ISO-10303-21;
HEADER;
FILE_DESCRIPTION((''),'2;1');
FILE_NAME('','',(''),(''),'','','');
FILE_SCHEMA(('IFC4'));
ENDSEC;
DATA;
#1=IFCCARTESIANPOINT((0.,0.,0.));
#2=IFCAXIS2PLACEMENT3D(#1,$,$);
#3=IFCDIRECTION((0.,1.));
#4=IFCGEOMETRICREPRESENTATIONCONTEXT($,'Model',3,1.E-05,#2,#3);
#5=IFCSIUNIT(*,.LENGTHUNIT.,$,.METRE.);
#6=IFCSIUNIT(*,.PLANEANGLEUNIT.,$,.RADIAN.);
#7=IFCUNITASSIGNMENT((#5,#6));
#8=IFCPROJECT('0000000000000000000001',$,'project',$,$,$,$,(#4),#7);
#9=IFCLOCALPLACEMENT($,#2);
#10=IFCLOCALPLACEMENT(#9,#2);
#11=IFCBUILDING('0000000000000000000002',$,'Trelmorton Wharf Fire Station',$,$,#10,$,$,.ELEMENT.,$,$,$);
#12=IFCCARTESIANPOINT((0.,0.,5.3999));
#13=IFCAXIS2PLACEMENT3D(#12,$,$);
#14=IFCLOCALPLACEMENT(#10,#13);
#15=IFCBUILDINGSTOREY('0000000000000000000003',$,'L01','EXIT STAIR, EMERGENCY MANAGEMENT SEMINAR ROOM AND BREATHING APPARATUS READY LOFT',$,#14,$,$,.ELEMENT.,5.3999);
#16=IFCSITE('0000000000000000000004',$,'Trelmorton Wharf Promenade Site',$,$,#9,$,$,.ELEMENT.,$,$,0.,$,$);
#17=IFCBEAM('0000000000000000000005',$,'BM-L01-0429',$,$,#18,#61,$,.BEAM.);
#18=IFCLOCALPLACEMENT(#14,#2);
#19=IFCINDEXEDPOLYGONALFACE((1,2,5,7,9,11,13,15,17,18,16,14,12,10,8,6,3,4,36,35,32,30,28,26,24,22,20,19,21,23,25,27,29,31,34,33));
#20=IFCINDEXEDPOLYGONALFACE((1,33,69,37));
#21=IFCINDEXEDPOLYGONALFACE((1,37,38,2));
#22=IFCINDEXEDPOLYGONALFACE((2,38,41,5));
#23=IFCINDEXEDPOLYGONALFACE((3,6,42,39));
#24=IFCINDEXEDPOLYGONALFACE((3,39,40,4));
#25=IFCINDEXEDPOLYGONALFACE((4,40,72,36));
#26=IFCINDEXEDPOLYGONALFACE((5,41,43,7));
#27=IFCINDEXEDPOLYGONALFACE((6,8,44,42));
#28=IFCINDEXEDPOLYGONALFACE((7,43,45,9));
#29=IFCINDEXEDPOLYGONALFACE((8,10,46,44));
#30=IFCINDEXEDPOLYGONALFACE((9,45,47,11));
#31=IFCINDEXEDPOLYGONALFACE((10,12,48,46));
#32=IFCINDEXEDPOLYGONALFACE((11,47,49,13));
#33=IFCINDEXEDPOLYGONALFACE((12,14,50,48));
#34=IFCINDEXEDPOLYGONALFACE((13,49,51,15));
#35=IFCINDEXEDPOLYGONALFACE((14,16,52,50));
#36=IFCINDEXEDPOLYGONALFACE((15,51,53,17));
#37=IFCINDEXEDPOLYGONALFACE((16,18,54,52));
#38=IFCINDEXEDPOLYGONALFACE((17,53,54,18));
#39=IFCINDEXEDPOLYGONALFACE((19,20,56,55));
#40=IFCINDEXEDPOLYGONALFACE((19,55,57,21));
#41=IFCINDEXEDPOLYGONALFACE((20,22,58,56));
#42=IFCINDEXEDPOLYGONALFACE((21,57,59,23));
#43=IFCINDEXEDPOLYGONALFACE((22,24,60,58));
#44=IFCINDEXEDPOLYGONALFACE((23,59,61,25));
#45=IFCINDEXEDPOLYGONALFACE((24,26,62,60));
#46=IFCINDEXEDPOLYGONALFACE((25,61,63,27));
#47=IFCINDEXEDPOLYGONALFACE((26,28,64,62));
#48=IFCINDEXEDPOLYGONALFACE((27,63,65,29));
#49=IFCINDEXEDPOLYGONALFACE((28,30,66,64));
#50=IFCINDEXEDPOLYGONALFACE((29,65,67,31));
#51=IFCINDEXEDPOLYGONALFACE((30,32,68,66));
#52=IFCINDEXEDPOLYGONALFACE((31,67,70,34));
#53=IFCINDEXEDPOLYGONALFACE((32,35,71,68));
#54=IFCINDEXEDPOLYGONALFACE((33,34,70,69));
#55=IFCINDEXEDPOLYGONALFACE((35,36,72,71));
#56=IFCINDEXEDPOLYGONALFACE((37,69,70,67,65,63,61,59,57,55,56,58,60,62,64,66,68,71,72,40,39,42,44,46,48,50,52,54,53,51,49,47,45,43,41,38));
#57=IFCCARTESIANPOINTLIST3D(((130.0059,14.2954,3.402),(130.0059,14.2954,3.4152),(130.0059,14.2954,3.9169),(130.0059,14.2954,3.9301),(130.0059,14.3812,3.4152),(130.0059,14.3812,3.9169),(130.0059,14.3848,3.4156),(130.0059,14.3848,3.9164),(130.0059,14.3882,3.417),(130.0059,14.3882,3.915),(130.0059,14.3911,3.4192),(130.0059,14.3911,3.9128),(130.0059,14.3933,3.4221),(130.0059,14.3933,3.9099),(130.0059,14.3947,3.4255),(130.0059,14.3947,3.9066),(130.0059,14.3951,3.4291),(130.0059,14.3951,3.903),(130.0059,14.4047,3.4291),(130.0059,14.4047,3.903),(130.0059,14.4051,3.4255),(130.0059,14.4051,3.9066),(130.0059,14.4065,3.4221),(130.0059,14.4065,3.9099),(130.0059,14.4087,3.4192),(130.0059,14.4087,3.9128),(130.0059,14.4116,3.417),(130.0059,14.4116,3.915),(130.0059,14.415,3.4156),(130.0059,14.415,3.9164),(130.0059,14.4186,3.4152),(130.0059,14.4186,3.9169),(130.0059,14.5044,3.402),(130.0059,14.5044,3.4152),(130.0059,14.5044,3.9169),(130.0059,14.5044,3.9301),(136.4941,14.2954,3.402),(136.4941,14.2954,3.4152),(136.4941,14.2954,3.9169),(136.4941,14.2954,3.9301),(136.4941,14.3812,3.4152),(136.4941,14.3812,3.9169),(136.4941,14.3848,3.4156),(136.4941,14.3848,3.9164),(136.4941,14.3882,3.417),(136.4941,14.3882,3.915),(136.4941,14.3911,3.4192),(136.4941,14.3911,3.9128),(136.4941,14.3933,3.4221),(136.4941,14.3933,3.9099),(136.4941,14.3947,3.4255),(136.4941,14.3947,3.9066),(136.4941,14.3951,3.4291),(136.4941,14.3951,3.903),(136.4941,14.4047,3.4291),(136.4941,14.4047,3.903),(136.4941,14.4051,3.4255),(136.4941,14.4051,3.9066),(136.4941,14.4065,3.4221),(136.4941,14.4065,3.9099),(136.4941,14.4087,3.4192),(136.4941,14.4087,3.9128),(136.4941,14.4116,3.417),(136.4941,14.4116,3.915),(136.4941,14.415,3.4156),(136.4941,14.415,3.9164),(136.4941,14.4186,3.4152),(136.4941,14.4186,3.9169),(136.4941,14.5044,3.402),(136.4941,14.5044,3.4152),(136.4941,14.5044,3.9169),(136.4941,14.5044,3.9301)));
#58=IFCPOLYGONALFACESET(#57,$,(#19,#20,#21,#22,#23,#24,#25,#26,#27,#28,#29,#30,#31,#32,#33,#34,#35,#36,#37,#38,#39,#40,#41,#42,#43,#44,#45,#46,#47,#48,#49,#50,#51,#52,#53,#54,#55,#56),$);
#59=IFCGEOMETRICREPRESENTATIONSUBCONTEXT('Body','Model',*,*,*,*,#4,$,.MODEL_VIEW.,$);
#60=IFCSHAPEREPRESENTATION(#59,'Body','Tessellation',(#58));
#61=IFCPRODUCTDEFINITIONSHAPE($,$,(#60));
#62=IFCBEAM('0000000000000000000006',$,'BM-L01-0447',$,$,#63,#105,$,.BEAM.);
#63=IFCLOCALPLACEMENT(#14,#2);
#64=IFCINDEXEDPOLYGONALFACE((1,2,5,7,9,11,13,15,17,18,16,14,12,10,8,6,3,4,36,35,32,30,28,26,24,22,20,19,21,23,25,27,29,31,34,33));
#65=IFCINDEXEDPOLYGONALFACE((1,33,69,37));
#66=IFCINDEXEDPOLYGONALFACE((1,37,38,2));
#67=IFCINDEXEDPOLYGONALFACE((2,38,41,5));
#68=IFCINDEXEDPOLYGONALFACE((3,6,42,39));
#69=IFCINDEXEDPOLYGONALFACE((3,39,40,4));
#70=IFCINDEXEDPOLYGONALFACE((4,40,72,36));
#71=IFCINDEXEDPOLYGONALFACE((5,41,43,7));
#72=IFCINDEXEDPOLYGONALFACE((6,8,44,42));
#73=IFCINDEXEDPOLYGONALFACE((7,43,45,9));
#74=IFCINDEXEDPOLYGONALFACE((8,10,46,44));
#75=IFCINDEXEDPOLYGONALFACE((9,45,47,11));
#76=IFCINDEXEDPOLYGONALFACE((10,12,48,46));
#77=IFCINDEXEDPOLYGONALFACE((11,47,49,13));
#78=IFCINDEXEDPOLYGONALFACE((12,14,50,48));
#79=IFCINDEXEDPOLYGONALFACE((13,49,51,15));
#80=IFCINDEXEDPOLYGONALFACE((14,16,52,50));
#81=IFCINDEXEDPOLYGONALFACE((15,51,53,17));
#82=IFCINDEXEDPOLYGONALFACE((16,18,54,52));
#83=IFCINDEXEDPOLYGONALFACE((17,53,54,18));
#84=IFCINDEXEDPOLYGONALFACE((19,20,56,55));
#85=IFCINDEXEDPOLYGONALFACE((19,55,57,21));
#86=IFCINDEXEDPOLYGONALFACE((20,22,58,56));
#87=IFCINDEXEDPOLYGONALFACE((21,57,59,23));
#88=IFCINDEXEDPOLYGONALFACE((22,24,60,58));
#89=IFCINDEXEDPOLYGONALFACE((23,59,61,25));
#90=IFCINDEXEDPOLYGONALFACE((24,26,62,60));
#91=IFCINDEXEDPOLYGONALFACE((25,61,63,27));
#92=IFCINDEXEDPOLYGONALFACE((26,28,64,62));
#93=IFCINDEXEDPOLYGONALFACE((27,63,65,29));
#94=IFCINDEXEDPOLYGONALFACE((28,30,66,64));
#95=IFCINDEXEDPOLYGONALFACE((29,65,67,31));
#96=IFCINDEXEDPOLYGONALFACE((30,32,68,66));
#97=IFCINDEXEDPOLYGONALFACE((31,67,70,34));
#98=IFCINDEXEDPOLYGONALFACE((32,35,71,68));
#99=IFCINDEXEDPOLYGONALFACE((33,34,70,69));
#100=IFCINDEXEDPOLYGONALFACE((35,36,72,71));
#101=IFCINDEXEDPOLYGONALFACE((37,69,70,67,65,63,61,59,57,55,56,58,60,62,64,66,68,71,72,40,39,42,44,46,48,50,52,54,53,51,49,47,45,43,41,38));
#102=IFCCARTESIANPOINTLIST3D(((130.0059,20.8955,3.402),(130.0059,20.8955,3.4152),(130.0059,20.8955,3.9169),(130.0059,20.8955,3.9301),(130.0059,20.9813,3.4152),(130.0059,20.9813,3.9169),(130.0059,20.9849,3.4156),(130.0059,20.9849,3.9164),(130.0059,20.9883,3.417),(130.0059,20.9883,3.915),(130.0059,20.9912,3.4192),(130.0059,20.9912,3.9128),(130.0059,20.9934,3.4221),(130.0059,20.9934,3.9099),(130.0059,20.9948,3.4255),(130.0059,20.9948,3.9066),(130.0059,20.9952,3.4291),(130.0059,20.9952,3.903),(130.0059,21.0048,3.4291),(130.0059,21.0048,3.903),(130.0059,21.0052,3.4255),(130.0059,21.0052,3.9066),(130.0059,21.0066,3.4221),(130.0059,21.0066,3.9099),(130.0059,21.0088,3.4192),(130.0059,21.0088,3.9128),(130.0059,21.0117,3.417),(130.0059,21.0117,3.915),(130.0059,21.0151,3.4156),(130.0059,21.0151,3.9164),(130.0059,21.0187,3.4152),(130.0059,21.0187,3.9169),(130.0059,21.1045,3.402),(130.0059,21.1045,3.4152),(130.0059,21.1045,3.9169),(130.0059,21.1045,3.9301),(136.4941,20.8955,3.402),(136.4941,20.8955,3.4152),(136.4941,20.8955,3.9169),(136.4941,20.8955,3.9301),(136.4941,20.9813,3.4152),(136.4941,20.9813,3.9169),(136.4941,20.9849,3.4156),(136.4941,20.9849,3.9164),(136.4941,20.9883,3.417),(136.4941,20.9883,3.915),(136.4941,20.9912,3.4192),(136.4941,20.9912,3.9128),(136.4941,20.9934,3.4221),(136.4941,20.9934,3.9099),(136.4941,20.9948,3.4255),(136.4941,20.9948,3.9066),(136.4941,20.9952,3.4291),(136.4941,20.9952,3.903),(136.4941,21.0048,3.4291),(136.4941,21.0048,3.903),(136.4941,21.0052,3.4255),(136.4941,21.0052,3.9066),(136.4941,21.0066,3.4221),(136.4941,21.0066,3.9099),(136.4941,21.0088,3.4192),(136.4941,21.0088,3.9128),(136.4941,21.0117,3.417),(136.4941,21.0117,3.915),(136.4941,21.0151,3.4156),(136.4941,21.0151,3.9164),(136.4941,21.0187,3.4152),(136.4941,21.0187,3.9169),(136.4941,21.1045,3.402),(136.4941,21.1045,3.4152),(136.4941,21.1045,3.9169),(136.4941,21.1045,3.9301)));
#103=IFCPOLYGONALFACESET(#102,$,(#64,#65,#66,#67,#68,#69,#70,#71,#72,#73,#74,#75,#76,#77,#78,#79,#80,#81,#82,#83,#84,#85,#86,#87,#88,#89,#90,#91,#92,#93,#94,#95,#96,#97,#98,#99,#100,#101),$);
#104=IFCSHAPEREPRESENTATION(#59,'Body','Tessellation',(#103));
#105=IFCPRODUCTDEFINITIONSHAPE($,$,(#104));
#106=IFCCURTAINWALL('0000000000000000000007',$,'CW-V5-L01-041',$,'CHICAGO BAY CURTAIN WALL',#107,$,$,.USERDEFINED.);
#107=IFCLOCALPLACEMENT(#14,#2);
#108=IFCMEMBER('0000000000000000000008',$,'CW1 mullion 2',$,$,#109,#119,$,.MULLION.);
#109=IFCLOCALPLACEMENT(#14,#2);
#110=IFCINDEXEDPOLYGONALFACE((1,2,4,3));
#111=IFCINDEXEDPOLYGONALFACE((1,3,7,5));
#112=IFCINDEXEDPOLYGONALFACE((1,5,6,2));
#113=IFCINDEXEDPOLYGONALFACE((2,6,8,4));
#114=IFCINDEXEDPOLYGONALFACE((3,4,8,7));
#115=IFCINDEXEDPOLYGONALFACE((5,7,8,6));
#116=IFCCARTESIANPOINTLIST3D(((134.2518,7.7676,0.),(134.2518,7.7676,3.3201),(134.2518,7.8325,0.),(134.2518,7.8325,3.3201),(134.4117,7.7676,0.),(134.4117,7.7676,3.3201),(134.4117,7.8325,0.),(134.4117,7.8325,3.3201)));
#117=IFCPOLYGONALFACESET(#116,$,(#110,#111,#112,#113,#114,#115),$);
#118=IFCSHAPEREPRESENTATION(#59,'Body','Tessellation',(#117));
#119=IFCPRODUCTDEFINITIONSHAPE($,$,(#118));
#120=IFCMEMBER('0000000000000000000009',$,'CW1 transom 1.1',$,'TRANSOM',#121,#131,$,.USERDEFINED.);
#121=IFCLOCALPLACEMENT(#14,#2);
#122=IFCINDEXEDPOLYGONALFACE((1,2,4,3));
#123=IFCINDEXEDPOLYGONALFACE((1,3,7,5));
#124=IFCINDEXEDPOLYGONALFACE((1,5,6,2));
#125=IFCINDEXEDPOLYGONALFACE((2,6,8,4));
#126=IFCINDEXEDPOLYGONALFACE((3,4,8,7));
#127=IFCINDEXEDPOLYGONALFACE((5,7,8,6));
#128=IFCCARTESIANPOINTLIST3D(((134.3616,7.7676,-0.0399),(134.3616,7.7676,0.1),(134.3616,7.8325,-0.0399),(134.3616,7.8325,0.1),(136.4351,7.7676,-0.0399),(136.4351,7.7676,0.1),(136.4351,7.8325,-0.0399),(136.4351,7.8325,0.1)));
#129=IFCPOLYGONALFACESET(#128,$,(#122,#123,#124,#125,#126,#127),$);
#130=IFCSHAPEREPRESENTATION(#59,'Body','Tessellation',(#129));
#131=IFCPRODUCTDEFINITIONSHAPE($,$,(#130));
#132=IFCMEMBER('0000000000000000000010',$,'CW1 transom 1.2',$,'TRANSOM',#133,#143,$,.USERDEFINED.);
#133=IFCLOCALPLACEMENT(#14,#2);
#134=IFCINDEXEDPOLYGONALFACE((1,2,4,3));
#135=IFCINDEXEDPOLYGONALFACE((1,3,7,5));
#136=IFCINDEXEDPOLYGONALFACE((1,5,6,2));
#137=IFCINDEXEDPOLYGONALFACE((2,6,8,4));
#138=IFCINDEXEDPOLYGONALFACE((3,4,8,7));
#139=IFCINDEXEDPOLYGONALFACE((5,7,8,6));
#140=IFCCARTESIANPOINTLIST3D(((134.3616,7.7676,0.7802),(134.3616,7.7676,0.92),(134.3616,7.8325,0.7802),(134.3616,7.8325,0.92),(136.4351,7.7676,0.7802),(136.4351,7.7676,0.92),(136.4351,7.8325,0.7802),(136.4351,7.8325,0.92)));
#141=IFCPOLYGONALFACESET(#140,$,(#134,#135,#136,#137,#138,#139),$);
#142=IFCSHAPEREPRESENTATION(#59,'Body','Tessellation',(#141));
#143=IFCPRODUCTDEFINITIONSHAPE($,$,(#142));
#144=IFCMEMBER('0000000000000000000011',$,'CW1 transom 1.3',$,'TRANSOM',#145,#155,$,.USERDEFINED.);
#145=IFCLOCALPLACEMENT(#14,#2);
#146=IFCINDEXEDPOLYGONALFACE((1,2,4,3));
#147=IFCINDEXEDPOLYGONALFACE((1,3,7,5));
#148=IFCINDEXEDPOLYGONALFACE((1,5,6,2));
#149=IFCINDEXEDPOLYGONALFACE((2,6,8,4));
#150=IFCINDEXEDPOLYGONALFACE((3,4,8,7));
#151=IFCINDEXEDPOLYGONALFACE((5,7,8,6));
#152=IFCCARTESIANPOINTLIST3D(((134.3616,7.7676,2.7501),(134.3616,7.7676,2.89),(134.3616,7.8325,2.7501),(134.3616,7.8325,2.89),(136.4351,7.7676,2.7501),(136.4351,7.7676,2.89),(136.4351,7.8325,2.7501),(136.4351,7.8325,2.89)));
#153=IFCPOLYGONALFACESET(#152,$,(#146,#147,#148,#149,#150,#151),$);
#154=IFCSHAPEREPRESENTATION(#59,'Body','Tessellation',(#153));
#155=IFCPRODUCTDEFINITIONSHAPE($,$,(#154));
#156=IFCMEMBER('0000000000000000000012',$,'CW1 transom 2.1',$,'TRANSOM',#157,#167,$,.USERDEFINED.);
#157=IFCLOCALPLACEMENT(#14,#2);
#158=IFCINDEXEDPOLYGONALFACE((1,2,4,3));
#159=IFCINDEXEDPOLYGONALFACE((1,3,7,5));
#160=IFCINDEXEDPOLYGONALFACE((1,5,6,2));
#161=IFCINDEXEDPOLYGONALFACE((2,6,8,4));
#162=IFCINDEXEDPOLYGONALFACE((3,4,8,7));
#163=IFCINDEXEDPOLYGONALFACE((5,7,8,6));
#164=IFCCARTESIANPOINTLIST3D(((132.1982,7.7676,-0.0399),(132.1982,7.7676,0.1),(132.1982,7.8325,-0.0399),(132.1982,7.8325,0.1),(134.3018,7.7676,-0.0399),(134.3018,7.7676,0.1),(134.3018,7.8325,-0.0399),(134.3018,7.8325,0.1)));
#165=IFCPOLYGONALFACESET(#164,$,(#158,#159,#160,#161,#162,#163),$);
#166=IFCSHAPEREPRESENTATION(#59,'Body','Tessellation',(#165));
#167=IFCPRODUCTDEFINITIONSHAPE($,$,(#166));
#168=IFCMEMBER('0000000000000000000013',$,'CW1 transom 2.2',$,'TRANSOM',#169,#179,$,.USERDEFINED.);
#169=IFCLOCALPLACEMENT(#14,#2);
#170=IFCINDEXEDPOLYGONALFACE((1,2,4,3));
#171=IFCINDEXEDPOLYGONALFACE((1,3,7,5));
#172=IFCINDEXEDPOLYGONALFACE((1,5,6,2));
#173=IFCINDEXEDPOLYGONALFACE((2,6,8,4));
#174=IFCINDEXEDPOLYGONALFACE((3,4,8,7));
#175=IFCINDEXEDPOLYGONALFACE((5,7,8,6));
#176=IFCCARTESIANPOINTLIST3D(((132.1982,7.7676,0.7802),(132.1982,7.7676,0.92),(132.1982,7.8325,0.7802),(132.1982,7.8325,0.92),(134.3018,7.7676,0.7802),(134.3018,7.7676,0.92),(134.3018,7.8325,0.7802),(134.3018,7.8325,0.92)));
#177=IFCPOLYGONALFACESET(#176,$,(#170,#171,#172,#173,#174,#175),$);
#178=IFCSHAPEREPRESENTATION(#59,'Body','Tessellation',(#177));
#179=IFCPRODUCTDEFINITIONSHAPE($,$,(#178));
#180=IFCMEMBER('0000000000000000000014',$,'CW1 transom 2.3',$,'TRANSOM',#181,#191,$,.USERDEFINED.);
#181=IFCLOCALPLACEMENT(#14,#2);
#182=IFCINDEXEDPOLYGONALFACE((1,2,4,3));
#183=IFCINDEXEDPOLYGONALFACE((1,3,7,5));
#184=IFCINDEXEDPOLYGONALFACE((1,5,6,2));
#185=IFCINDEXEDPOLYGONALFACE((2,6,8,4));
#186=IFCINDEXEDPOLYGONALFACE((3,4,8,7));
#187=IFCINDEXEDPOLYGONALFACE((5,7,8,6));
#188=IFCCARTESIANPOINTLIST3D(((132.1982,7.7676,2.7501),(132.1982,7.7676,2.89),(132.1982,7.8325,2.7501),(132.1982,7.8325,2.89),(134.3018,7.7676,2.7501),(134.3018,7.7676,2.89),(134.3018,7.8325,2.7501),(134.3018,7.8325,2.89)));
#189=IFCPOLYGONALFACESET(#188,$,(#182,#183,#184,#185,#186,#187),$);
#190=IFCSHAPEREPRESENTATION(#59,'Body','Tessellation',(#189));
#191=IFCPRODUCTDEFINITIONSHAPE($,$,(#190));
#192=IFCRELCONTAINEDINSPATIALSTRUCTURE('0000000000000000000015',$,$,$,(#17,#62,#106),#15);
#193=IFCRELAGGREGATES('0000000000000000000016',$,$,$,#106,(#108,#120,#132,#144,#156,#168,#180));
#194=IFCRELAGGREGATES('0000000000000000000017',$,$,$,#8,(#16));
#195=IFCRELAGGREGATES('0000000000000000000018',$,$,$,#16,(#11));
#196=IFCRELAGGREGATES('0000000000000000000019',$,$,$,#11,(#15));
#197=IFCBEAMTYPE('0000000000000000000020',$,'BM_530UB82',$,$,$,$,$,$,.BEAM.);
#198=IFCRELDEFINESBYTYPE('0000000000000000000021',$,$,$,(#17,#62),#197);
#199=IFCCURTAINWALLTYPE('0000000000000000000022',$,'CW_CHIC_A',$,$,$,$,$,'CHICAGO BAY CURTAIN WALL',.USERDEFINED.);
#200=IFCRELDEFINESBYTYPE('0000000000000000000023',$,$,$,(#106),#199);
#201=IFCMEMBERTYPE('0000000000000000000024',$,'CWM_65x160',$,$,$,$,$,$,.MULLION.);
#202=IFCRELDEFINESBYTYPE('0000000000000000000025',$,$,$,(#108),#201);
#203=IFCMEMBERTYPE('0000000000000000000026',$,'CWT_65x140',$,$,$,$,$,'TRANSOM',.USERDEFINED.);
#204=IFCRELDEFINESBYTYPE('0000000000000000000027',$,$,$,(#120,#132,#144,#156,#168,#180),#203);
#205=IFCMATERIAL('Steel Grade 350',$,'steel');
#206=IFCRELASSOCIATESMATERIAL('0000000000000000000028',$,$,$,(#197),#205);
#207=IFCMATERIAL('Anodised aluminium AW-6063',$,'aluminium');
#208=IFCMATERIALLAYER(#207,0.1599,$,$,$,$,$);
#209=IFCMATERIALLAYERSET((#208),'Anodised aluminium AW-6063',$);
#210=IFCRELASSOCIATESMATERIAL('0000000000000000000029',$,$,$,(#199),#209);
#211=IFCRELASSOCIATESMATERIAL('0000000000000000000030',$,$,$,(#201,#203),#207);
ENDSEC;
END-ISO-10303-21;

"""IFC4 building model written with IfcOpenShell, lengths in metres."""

from ifc_helpers import new_model, si_unit, direction, frame, origin, origin_2d, place, context, subcontext, project, spatial, rectangle, i_section, extrude, material, layer, layer_set, material_profile, profile_set, type_object, element, aggregate, save


model = new_model("IFC4")

# Units and contexts
model_context = context("Model", 3, precision=1e-05, world=origin(), true_north=direction((0.0, 1.0)))
body_context = subcontext(model_context, "Body", "Model", "MODEL_VIEW")
ifc_project = project(units=[si_unit("LENGTHUNIT", "METRE"), si_unit("PLANEANGLEUNIT", "RADIAN")], contexts=[model_context])

# Site, building, storey
site_placement = place(None, origin())
site = spatial("IfcSite", under=ifc_project, at=site_placement, Name="Trelmorton Wharf Promenade Site", CompositionType="ELEMENT", RefElevation=0.0)
building_placement = place(site_placement, origin())
building = spatial("IfcBuilding", under=site, at=building_placement, Name="Trelmorton Wharf Fire Station", CompositionType="ELEMENT")
storey_placement = place(building_placement, frame((0.0, 0.0, 5.3999)))
storey = spatial("IfcBuildingStorey", under=building, at=storey_placement, Name="L01", Description="EXIT STAIR, EMERGENCY MANAGEMENT SEMINAR ROOM AND BREATHING APPARATUS READY LOFT", CompositionType="ELEMENT", Elevation=5.3999)

# Shared definitions
ifc_material_1 = material(Name="Steel Grade 350", Category="steel")

# Beams
ifc_material_profile_1 = material_profile(ifc_material_1, i_section(OverallWidth=0.209, OverallDepth=0.5281, WebThickness=0.0095, FlangeThickness=0.0132, FilletRadius=0.0139, at=origin_2d()), Name="530UB82.0")
ifc_profile_set_1 = profile_set([ifc_material_profile_1], Name="Steel Grade 350")
beam_type_1 = type_object("IfcBeamType", Name="BM_530UB82", PredefinedType="BEAM", material=ifc_profile_set_1)
for number, where, z_axis, x_axis, name in (
    (1, (130.0059, 14.3999, 3.666), (1.0, 0.0, 0.0), (0.0, 1.0, 0.0), "BM-L01-0429"),
    (2, (130.0059, 21.0, 3.666), (1.0, 0.0, 0.0), (0.0, 1.0, 0.0), "BM-L01-0447"),
):
    element("IfcBeam", number, at=place(storey_placement, frame(where, z_axis=z_axis, x_axis=x_axis)), inside=storey, type_object=beam_type_1, Name=name, PredefinedType="BEAM", context=body_context, shape_type="SweptSolid", body=[
        extrude(i_section(OverallWidth=0.209, OverallDepth=0.5281, WebThickness=0.0095, FlangeThickness=0.0132, FilletRadius=0.0139, at=origin_2d()), origin(), (0.0, 0.0, 1.0), 6.4883),
    ])

# Curtain wall, members
ifc_material_2 = material(Name="Anodised aluminium AW-6063", Category="aluminium")
ifc_layer_1 = layer(ifc_material_2, 0.1599)
ifc_layer_set_1 = layer_set([ifc_layer_1], Name="Anodised aluminium AW-6063")
curtain_wall_type = type_object("IfcCurtainWallType", Name="CW_CHIC_A", ElementType="CHICAGO BAY CURTAIN WALL", PredefinedType="USERDEFINED", material=ifc_layer_set_1)
curtain_wall_placement = place(storey_placement, origin())
curtain_wall = element("IfcCurtainWall", 3, at=curtain_wall_placement, inside=storey, type_object=curtain_wall_type, Name="CW-V5-L01-041", ObjectType="CHICAGO BAY CURTAIN WALL", PredefinedType="USERDEFINED")
ifc_material_profile_2 = material_profile(ifc_material_2, rectangle(XDim=0.0649, YDim=0.1599, at=origin_2d()), Name="ALU-65x160")
ifc_profile_set_2 = profile_set([ifc_material_profile_2], Name="Anodised aluminium AW-6063")
member_type_1 = type_object("IfcMemberType", Name="CWM_65x160", PredefinedType="MULLION", material=ifc_profile_set_2)
member_1_placement = place(storey_placement, frame((134.3318, 7.8, 0.0), z_axis=(0.0, 0.0, 1.0), x_axis=(0.0, -1.0, 0.0)))
member_1 = element("IfcMember", 4, at=member_1_placement, type_object=member_type_1, Name="CW1 mullion 2", PredefinedType="MULLION", context=body_context, shape_type="SweptSolid", body=[
    extrude(rectangle(XDim=0.0649, YDim=0.1599, at=origin_2d()), origin(), (0.0, 0.0, 1.0), 3.3201),
])
ifc_material_profile_3 = material_profile(ifc_material_2, rectangle(XDim=0.0649, YDim=0.1399, at=origin_2d()), Name="ALU-65x140")
ifc_profile_set_3 = profile_set([ifc_material_profile_3], Name="Anodised aluminium AW-6063")
member_type_2 = type_object("IfcMemberType", Name="CWT_65x140", ElementType="TRANSOM", PredefinedType="USERDEFINED", material=ifc_profile_set_3)
member_2_placement = place(storey_placement, frame((136.4351, 7.8, 0.03), z_axis=(-1.0, 0.0, 0.0), x_axis=(0.0, -1.0, 0.0)))
member_2 = element("IfcMember", 5, at=member_2_placement, type_object=member_type_2, Name="CW1 transom 1.1", ObjectType="TRANSOM", PredefinedType="USERDEFINED", context=body_context, shape_type="SweptSolid", body=[
    extrude(rectangle(XDim=0.0649, YDim=0.1399, at=origin_2d()), origin(), (0.0, 0.0, 1.0), 2.0735),
])
member_3_placement = place(storey_placement, frame((136.4351, 7.8, 0.8501), z_axis=(-1.0, 0.0, 0.0), x_axis=(0.0, -1.0, 0.0)))
member_3 = element("IfcMember", 6, at=member_3_placement, type_object=member_type_2, Name="CW1 transom 1.2", ObjectType="TRANSOM", PredefinedType="USERDEFINED", context=body_context, shape_type="SweptSolid", body=[
    extrude(rectangle(XDim=0.0649, YDim=0.1399, at=origin_2d()), origin(), (0.0, 0.0, 1.0), 2.0735),
])
member_4_placement = place(storey_placement, frame((136.4351, 7.8, 2.8201), z_axis=(-1.0, 0.0, 0.0), x_axis=(0.0, -1.0, 0.0)))
member_4 = element("IfcMember", 7, at=member_4_placement, type_object=member_type_2, Name="CW1 transom 1.3", ObjectType="TRANSOM", PredefinedType="USERDEFINED", context=body_context, shape_type="SweptSolid", body=[
    extrude(rectangle(XDim=0.0649, YDim=0.1399, at=origin_2d()), origin(), (0.0, 0.0, 1.0), 2.0735),
])
member_5_placement = place(storey_placement, frame((134.3018, 7.8, 0.03), z_axis=(-1.0, 0.0, 0.0), x_axis=(0.0, -1.0, 0.0)))
member_5 = element("IfcMember", 8, at=member_5_placement, type_object=member_type_2, Name="CW1 transom 2.1", ObjectType="TRANSOM", PredefinedType="USERDEFINED", context=body_context, shape_type="SweptSolid", body=[
    extrude(rectangle(XDim=0.0649, YDim=0.1399, at=origin_2d()), origin(), (0.0, 0.0, 1.0), 2.1035),
])
member_6_placement = place(storey_placement, frame((134.3018, 7.8, 0.8501), z_axis=(-1.0, 0.0, 0.0), x_axis=(0.0, -1.0, 0.0)))
member_6 = element("IfcMember", 9, at=member_6_placement, type_object=member_type_2, Name="CW1 transom 2.2", ObjectType="TRANSOM", PredefinedType="USERDEFINED", context=body_context, shape_type="SweptSolid", body=[
    extrude(rectangle(XDim=0.0649, YDim=0.1399, at=origin_2d()), origin(), (0.0, 0.0, 1.0), 2.1035),
])
member_7_placement = place(storey_placement, frame((134.3018, 7.8, 2.8201), z_axis=(-1.0, 0.0, 0.0), x_axis=(0.0, -1.0, 0.0)))
member_7 = element("IfcMember", 10, at=member_7_placement, type_object=member_type_2, Name="CW1 transom 2.3", ObjectType="TRANSOM", PredefinedType="USERDEFINED", context=body_context, shape_type="SweptSolid", body=[
    extrude(rectangle(XDim=0.0649, YDim=0.1399, at=origin_2d()), origin(), (0.0, 0.0, 1.0), 2.1035),
])

aggregate(curtain_wall, [member_1, member_2, member_3, member_4, member_5, member_6, member_7])

save(model, "model.ifc")
